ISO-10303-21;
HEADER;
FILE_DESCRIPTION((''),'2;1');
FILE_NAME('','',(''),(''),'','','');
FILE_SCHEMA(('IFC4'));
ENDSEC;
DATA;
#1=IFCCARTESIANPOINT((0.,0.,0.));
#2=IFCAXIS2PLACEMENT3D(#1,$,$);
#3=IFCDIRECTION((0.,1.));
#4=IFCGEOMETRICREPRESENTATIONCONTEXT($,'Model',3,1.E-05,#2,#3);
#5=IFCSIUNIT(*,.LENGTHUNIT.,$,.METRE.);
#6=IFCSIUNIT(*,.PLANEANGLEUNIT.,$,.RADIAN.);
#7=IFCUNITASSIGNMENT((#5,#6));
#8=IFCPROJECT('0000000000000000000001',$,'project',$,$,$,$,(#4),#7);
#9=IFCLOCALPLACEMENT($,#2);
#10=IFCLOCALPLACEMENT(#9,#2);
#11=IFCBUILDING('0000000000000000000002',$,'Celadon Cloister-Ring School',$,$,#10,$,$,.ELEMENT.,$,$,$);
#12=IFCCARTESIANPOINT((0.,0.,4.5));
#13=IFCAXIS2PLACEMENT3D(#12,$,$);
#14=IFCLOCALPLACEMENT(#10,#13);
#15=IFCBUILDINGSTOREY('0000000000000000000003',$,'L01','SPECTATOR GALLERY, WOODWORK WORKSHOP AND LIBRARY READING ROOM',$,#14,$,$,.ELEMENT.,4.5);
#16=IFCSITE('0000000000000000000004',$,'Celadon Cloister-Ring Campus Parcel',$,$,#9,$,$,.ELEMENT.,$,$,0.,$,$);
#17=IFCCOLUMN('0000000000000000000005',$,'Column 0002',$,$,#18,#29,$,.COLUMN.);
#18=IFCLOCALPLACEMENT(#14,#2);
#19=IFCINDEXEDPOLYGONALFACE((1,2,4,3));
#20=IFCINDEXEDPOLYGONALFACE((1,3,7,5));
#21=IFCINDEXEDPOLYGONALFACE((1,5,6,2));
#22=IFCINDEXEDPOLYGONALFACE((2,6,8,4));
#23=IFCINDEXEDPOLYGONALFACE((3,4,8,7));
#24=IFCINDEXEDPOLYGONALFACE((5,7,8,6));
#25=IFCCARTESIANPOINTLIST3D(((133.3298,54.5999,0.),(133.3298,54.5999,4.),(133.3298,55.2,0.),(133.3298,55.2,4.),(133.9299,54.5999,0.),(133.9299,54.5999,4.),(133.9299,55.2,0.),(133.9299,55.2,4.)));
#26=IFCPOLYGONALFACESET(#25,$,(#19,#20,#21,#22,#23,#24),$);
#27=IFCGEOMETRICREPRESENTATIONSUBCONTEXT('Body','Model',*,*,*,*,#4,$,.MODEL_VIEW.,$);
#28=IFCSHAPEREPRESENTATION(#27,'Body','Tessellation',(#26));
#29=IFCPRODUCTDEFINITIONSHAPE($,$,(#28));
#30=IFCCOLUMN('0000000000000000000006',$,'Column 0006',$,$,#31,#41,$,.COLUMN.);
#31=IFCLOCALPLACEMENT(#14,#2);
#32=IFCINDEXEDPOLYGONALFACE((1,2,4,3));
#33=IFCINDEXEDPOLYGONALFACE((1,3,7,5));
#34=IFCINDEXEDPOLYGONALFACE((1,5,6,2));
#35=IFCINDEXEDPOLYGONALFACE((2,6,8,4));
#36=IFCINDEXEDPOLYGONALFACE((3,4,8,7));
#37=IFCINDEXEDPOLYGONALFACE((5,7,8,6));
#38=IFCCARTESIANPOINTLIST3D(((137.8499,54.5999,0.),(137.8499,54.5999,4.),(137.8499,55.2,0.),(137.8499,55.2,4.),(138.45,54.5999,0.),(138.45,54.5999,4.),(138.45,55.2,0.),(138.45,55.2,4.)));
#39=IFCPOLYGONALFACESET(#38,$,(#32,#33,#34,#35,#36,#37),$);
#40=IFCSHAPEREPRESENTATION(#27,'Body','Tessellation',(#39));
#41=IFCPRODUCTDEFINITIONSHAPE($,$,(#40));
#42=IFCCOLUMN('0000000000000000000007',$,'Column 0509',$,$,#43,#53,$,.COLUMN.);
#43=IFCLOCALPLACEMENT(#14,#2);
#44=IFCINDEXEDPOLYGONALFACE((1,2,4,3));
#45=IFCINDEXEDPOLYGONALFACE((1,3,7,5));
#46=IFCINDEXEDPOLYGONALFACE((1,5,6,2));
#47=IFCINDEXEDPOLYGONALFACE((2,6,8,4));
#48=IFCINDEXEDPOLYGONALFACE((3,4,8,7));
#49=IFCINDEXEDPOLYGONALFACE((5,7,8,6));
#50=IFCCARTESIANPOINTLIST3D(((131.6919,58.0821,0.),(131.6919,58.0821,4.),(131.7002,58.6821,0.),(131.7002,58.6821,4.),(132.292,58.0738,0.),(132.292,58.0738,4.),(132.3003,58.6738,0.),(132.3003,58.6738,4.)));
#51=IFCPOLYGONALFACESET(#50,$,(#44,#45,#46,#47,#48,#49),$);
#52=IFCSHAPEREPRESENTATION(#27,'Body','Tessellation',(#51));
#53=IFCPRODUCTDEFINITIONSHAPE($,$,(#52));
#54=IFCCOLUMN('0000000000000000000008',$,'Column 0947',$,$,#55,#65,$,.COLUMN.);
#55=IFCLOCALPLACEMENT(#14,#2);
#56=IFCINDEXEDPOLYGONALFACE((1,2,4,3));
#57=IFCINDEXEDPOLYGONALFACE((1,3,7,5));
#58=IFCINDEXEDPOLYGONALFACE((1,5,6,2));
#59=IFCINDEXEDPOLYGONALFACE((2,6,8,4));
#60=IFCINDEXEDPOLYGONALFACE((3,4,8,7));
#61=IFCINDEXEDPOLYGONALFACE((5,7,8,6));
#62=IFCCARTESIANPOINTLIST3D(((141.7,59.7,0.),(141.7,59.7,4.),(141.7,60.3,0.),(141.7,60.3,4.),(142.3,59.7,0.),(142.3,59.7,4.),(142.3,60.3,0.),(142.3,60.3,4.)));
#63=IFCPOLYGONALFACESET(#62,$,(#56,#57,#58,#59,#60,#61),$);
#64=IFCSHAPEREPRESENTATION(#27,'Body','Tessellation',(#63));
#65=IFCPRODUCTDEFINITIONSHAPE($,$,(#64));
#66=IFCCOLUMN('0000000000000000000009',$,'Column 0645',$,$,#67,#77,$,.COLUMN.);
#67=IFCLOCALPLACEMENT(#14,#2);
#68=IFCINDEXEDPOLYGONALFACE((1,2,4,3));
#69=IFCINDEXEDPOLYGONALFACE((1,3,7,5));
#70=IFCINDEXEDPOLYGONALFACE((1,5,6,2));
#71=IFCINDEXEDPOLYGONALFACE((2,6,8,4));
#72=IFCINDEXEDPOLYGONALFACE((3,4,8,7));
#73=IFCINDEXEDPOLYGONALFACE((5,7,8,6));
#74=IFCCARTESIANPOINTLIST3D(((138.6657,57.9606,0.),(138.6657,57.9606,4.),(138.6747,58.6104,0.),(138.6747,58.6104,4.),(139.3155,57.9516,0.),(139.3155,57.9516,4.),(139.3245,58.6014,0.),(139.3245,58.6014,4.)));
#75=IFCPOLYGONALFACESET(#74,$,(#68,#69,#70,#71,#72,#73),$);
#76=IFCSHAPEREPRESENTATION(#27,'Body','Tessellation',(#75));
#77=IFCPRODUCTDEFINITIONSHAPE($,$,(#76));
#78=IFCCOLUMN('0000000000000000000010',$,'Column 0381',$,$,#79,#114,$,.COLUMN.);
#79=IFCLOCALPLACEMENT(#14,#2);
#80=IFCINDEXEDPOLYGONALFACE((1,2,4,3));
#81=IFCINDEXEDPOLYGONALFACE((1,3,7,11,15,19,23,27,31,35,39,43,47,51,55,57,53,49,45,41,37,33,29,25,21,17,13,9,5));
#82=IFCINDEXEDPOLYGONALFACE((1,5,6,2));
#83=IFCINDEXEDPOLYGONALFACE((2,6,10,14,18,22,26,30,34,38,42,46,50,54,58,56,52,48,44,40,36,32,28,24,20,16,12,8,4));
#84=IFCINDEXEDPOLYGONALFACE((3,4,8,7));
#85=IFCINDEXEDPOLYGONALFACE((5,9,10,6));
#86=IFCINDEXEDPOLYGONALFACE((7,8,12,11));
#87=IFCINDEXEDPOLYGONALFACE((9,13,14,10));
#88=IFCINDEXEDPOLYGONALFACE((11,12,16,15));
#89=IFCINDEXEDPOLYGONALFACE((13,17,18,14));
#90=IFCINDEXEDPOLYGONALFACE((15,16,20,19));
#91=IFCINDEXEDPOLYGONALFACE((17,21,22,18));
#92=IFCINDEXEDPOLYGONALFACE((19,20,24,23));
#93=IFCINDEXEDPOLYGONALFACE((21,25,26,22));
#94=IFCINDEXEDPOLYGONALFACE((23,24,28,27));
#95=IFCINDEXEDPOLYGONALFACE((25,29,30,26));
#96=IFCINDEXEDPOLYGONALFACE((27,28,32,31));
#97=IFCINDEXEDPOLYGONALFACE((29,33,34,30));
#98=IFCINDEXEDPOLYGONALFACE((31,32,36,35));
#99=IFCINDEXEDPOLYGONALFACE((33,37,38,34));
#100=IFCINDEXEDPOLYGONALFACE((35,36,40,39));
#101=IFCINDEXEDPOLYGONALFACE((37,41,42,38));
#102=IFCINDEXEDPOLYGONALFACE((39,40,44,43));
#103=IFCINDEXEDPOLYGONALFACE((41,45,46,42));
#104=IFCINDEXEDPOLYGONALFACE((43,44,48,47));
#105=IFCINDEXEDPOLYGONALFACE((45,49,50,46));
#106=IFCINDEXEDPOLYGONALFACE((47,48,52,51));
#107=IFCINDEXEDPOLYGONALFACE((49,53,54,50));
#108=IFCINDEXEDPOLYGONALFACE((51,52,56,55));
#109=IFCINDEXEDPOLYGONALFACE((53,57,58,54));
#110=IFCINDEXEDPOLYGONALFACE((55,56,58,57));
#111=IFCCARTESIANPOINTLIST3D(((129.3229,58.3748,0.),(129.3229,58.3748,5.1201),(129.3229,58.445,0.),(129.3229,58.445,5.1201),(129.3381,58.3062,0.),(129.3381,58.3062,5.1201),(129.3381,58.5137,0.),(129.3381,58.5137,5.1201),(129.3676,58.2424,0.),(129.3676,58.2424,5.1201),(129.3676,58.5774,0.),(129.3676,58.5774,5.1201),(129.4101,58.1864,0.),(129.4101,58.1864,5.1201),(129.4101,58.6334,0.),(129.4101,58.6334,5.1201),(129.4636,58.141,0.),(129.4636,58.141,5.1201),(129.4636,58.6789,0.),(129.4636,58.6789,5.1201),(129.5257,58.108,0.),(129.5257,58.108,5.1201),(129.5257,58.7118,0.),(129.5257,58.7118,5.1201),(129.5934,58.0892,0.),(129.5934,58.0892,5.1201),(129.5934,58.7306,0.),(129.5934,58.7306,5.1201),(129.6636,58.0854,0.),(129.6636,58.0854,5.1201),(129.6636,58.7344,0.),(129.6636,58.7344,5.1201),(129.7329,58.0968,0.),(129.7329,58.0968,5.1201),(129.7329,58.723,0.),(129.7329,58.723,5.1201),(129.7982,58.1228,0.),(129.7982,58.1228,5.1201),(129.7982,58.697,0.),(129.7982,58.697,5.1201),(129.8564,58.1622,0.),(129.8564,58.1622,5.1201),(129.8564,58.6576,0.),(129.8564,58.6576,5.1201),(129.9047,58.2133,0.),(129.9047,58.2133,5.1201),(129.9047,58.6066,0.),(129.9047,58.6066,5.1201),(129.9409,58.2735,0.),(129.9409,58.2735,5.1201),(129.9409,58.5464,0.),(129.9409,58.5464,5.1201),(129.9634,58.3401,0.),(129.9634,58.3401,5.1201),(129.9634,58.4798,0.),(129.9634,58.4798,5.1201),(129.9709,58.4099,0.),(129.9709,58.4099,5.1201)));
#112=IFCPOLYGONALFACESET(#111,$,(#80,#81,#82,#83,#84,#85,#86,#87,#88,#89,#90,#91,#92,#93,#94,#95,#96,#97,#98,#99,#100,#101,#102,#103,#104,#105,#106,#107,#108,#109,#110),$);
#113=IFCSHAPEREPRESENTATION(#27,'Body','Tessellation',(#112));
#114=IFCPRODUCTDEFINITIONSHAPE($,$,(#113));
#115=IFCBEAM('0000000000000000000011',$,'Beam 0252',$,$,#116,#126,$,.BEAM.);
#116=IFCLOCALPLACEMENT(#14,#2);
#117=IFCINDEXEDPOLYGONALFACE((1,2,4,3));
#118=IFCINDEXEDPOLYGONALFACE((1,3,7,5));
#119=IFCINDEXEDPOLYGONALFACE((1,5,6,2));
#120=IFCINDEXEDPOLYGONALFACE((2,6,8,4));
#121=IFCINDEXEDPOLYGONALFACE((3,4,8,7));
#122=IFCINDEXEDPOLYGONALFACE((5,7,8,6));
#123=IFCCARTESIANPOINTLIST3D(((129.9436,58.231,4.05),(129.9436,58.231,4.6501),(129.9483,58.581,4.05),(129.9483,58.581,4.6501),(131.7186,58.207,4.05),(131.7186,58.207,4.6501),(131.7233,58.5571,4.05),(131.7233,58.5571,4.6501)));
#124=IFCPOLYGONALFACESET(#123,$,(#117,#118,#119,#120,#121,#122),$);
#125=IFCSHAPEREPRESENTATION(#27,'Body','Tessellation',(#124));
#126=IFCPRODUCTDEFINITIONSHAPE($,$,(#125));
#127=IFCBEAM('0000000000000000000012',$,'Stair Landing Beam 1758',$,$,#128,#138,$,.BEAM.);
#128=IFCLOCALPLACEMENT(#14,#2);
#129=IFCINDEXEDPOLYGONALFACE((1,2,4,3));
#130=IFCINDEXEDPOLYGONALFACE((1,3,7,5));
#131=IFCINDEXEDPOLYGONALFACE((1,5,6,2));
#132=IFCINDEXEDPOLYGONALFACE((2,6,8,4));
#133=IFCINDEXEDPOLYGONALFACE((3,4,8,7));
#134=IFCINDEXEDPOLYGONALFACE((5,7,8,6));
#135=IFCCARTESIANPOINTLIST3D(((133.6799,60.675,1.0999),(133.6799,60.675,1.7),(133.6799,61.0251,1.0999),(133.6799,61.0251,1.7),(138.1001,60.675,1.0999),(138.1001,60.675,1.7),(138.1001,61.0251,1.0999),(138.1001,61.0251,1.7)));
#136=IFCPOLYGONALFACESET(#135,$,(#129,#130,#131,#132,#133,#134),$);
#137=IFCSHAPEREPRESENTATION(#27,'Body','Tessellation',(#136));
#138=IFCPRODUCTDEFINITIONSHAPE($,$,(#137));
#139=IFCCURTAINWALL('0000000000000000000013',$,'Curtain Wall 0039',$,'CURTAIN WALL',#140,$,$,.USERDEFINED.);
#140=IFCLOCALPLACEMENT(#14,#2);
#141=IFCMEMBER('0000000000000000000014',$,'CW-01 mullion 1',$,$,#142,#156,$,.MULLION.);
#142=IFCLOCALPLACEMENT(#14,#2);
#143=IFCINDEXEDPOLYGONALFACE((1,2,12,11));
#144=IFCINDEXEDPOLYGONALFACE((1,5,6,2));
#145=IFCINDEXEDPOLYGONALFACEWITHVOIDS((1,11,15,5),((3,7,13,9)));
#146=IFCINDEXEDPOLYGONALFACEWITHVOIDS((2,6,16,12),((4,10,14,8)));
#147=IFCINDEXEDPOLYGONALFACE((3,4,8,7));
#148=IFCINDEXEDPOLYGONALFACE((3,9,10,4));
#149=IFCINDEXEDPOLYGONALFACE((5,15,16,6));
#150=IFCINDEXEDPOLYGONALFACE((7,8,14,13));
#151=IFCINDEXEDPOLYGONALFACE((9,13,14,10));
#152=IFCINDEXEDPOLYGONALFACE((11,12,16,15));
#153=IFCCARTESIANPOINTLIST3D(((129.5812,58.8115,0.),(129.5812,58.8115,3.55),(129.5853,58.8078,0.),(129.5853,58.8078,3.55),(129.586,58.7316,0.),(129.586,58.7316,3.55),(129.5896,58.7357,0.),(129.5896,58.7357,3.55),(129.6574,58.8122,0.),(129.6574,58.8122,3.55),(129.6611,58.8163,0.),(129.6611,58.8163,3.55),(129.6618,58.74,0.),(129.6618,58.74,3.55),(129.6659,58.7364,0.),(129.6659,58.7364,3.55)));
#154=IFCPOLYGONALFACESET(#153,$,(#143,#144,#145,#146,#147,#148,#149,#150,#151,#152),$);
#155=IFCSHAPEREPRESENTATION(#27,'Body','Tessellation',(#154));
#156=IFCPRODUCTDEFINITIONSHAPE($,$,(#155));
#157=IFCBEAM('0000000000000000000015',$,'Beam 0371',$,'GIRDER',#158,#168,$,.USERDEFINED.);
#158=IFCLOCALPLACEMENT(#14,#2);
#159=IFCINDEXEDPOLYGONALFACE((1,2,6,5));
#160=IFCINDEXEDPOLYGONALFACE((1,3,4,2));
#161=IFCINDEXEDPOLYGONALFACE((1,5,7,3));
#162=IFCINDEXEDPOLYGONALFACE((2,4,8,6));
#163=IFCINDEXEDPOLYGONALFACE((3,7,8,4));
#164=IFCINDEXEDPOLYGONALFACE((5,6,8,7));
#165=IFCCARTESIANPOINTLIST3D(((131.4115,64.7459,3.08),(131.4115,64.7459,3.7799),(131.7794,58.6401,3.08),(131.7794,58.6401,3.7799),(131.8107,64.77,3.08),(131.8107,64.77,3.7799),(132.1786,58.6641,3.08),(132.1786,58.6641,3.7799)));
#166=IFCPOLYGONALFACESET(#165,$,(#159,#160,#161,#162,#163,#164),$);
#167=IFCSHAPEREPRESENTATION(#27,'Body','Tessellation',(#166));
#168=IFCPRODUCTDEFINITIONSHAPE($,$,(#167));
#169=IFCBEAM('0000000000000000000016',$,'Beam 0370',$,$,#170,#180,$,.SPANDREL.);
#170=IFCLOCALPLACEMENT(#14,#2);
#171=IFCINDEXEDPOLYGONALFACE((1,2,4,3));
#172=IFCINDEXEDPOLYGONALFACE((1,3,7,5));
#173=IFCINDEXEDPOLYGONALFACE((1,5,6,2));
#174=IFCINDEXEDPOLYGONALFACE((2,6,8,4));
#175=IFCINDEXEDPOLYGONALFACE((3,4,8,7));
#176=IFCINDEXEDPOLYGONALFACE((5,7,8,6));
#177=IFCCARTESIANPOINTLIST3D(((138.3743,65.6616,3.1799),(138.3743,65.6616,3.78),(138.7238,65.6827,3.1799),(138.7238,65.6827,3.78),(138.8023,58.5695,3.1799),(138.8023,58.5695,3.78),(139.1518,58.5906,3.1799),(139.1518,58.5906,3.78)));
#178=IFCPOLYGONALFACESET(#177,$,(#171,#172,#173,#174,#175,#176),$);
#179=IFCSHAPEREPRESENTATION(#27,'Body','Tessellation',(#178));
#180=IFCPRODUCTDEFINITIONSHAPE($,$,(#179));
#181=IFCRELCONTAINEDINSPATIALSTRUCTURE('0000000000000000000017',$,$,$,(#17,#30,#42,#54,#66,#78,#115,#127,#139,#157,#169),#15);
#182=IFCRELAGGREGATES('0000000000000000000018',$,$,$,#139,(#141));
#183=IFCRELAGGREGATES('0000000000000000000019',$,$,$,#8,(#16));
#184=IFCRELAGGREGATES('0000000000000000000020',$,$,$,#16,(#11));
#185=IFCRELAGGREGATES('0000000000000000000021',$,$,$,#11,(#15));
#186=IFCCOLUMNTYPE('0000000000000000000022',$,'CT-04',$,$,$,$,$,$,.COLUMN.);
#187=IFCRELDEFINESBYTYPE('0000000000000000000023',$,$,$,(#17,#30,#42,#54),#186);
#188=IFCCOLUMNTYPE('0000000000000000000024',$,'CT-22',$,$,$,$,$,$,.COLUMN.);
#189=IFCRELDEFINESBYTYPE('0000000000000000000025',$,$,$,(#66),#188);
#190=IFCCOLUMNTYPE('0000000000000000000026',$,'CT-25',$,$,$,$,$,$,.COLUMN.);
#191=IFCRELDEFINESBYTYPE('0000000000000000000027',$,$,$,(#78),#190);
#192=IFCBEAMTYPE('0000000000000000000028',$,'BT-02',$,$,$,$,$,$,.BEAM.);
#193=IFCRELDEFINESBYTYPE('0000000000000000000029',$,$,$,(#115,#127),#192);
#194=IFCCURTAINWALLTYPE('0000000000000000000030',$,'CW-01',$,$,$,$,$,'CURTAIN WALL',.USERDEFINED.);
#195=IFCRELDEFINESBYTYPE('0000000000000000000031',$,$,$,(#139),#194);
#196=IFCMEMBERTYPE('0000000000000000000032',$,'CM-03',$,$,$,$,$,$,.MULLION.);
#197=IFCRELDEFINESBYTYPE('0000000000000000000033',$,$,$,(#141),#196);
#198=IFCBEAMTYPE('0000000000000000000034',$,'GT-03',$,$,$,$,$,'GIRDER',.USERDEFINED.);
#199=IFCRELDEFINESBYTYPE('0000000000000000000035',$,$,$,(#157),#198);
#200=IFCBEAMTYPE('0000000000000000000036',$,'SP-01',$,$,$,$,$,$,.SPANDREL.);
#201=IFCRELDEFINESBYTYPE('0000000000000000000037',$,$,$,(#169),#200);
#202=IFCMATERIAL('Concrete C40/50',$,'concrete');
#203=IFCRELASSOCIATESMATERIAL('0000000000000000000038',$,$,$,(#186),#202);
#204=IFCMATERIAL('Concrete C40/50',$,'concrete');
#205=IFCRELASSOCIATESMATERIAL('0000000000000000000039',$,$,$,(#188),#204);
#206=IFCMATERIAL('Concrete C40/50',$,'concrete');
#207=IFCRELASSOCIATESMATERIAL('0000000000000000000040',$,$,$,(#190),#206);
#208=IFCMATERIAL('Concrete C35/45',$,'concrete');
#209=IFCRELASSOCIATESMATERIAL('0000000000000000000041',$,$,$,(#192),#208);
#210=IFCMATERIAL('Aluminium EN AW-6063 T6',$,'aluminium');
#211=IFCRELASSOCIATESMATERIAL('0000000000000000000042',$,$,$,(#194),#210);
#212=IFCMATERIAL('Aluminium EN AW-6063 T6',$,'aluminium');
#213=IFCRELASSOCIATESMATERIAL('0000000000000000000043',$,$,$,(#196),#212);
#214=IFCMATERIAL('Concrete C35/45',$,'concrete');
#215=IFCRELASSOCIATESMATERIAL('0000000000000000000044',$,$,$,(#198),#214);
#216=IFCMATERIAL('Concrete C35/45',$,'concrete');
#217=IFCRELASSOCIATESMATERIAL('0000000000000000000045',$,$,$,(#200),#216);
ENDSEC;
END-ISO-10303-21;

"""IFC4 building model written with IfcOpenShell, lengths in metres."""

from ifc_helpers import new_model, si_unit, direction, frame, origin, origin_2d, place, context, subcontext, project, spatial, rectangle, hollow_rectangle, circle, extrude, material, material_profile, profile_set, type_object, element, aggregate, save


model = new_model("IFC4")

# Units and contexts
model_context = context("Model", 3, precision=1e-05, world=origin(), true_north=direction((0.0, 1.0)))
body_context = subcontext(model_context, "Body", "Model", "MODEL_VIEW")
ifc_project = project(units=[si_unit("LENGTHUNIT", "METRE"), si_unit("PLANEANGLEUNIT", "RADIAN")], contexts=[model_context])

# Site, building, storey
site_placement = place(None, origin())
site = spatial("IfcSite", under=ifc_project, at=site_placement, Name="Celadon Cloister-Ring Campus Parcel", CompositionType="ELEMENT", RefElevation=0.0)
building_placement = place(site_placement, origin())
building = spatial("IfcBuilding", under=site, at=building_placement, Name="Celadon Cloister-Ring School", CompositionType="ELEMENT")
storey_placement = place(building_placement, frame((0.0, 0.0, 4.5)))
storey = spatial("IfcBuildingStorey", under=building, at=storey_placement, Name="L01", Description="SPECTATOR GALLERY, WOODWORK WORKSHOP AND LIBRARY READING ROOM", CompositionType="ELEMENT", Elevation=4.5)

# Columns
ifc_material_1 = material(Name="Concrete C40/50", Category="concrete")
ifc_material_profile_1 = material_profile(ifc_material_1, rectangle(XDim=0.6001, YDim=0.6001, at=origin_2d()), Name="RC600X600")
ifc_profile_set_1 = profile_set([ifc_material_profile_1], Name="Concrete C40/50")
column_type_1 = type_object("IfcColumnType", Name="CT-04", PredefinedType="COLUMN", material=ifc_profile_set_1)
for number, where, z_axis, x_axis, name in (
    (1, (133.6299, 54.8999, 0.0), (0.0, 0.0, 1.0), (1.0, 0.0, 0.0), "Column 0002"),
    (2, (138.1499, 54.8999, 0.0), (0.0, 0.0, 1.0), (1.0, 0.0, 0.0), "Column 0006"),
    (3, (131.9961, 58.3779, 0.0), (0.0, 0.0, 1.0), (0.999904, -0.013823, 0.0), "Column 0509"),
    (4, (142.0, 60.0, 0.0), (0.0, 0.0, 1.0), (1.0, 0.0, 0.0), "Column 0947"),
):
    element("IfcColumn", number, at=place(storey_placement, frame(where, z_axis=z_axis, x_axis=x_axis)), inside=storey, type_object=column_type_1, Name=name, PredefinedType="COLUMN", context=body_context, shape_type="SweptSolid", body=[
        extrude(rectangle(XDim=0.6001, YDim=0.6001, at=origin_2d()), origin(), (0.0, 0.0, 1.0), 4.0),
    ])
ifc_material_2 = material(Name="Concrete C40/50", Category="concrete")
ifc_material_profile_2 = material_profile(ifc_material_2, rectangle(XDim=0.6499, YDim=0.6499, at=origin_2d()), Name="RC650X650")
ifc_profile_set_2 = profile_set([ifc_material_profile_2], Name="Concrete C40/50")
column_type_2 = type_object("IfcColumnType", Name="CT-22", PredefinedType="COLUMN", material=ifc_profile_set_2)
column_1_placement = place(storey_placement, frame((138.9951, 58.281, 0.0), z_axis=(0.0, 0.0, 1.0), x_axis=(0.999904, -0.013823, 0.0)))
element("IfcColumn", 5, at=column_1_placement, inside=storey, type_object=column_type_2, Name="Column 0645", PredefinedType="COLUMN", context=body_context, shape_type="SweptSolid", body=[
    extrude(rectangle(XDim=0.6499, YDim=0.6499, at=origin_2d()), origin(), (0.0, 0.0, 1.0), 4.0),
])
ifc_material_3 = material(Name="Concrete C40/50", Category="concrete")
ifc_material_profile_3 = material_profile(ifc_material_3, circle(Radius=0.325, at=origin_2d()), Name="CIRC650")
ifc_profile_set_3 = profile_set([ifc_material_profile_3], Name="Concrete C40/50")
column_type_3 = type_object("IfcColumnType", Name="CT-25", PredefinedType="COLUMN", material=ifc_profile_set_3)
column_2_placement = place(storey_placement, frame((129.646, 58.4099, 0.0), z_axis=(0.0, 0.0, 1.0), x_axis=(1.0, 0.0, 0.0)))
element("IfcColumn", 6, at=column_2_placement, inside=storey, type_object=column_type_3, Name="Column 0381", PredefinedType="COLUMN", context=body_context, shape_type="SweptSolid", body=[
    extrude(circle(Radius=0.325, at=origin_2d()), origin(), (0.0, 0.0, 1.0), 5.1201),
])

# Beams
ifc_material_4 = material(Name="Concrete C35/45", Category="concrete")
ifc_material_profile_4 = material_profile(ifc_material_4, rectangle(XDim=0.3501, YDim=0.6001, at=origin_2d()), Name="RC350X600")
ifc_profile_set_4 = profile_set([ifc_material_profile_4], Name="Concrete C35/45")
beam_type_1 = type_object("IfcBeamType", Name="BT-02", PredefinedType="BEAM", material=ifc_profile_set_4)
beam_1_placement = place(storey_placement, frame((131.7209, 58.3821, 4.3501), z_axis=(-0.999909, 0.013479, 0.0), x_axis=(-0.013479, -0.999909, 0.0)))
element("IfcBeam", 7, at=beam_1_placement, inside=storey, type_object=beam_type_1, Name="Beam 0252", PredefinedType="BEAM", context=body_context, shape_type="SweptSolid", body=[
    extrude(rectangle(XDim=0.3501, YDim=0.6001, at=origin_2d()), origin(), (0.0, 0.0, 1.0), 1.7751),
])
beam_2_placement = place(storey_placement, frame((133.6799, 60.8501, 1.3999), z_axis=(1.0, 0.0, 0.0), x_axis=(0.0, 1.0, 0.0)))
element("IfcBeam", 8, at=beam_2_placement, inside=storey, type_object=beam_type_1, Name="Stair Landing Beam 1758", PredefinedType="BEAM", context=body_context, shape_type="SweptSolid", body=[
    extrude(rectangle(XDim=0.3501, YDim=0.6001, at=origin_2d()), origin(), (0.0, 0.0, 1.0), 4.4202),
])

# Curtain wall, member
ifc_material_5 = material(Name="Aluminium EN AW-6063 T6", Category="aluminium")
curtain_wall_type = type_object("IfcCurtainWallType", Name="CW-01", ElementType="CURTAIN WALL", PredefinedType="USERDEFINED", material=ifc_material_5)
curtain_wall_placement = place(storey_placement, origin())
curtain_wall = element("IfcCurtainWall", 9, at=curtain_wall_placement, inside=storey, type_object=curtain_wall_type, Name="Curtain Wall 0039", ObjectType="CURTAIN WALL", PredefinedType="USERDEFINED")
ifc_material_6 = material(Name="Aluminium EN AW-6063 T6", Category="aluminium")
ifc_material_profile_5 = material_profile(ifc_material_6, hollow_rectangle(XDim=0.0801, YDim=0.0801, WallThickness=0.0039, at=origin_2d()), Name="RHS80X80X4")
ifc_profile_set_5 = profile_set([ifc_material_profile_5], Name="Aluminium EN AW-6063 T6")
member_type = type_object("IfcMemberType", Name="CM-03", PredefinedType="MULLION", material=ifc_profile_set_5)
member_placement = place(storey_placement, frame((129.6235, 58.7739, 0.0), z_axis=(0.0, 0.0, 1.0), x_axis=(-0.998189, -0.060149, 0.0)))
member = element("IfcMember", 10, at=member_placement, type_object=member_type, Name="CW-01 mullion 1", PredefinedType="MULLION", context=body_context, shape_type="SweptSolid", body=[
    extrude(hollow_rectangle(XDim=0.0801, YDim=0.0801, WallThickness=0.0039, at=origin_2d()), origin(), (0.0, 0.0, 1.0), 3.55),
])
aggregate(curtain_wall, [member])

# Beams
ifc_material_7 = material(Name="Concrete C35/45", Category="concrete")
ifc_material_profile_6 = material_profile(ifc_material_7, rectangle(XDim=0.3999, YDim=0.7, at=origin_2d()), Name="RC400X700")
ifc_profile_set_6 = profile_set([ifc_material_profile_6], Name="Concrete C35/45")
beam_type_2 = type_object("IfcBeamType", Name="GT-03", ElementType="GIRDER", PredefinedType="USERDEFINED", material=ifc_profile_set_6)
beam_3_placement = place(storey_placement, frame((131.979, 58.6521, 3.4299), z_axis=(-0.060147, 0.99819, 0.0), x_axis=(-0.99819, -0.060147, 0.0)))
element("IfcBeam", 11, at=beam_3_placement, inside=storey, type_object=beam_type_2, Name="Beam 0371", ObjectType="GIRDER", PredefinedType="USERDEFINED", context=body_context, shape_type="SweptSolid", body=[
    extrude(rectangle(XDim=0.3999, YDim=0.7, at=origin_2d()), origin(), (0.0, 0.0, 1.0), 6.1169),
])
ifc_material_8 = material(Name="Concrete C35/45", Category="concrete")
ifc_material_profile_7 = material_profile(ifc_material_8, rectangle(XDim=0.3501, YDim=0.6001, at=origin_2d()), Name="RC350X600")
ifc_profile_set_7 = profile_set([ifc_material_profile_7], Name="Concrete C35/45")
beam_type_3 = type_object("IfcBeamType", Name="SP-01", PredefinedType="SPANDREL", material=ifc_profile_set_7)
beam_4_placement = place(storey_placement, frame((138.9771, 58.5801, 3.48), z_axis=(-0.060237, 0.998184, 0.0), x_axis=(-0.998184, -0.060237, 0.0)))
element("IfcBeam", 12, at=beam_4_placement, inside=storey, type_object=beam_type_3, Name="Beam 0370", PredefinedType="SPANDREL", context=body_context, shape_type="SweptSolid", body=[
    extrude(rectangle(XDim=0.3501, YDim=0.6001, at=origin_2d()), origin(), (0.0, 0.0, 1.0), 7.105),
])

save(model, "model.ifc")
